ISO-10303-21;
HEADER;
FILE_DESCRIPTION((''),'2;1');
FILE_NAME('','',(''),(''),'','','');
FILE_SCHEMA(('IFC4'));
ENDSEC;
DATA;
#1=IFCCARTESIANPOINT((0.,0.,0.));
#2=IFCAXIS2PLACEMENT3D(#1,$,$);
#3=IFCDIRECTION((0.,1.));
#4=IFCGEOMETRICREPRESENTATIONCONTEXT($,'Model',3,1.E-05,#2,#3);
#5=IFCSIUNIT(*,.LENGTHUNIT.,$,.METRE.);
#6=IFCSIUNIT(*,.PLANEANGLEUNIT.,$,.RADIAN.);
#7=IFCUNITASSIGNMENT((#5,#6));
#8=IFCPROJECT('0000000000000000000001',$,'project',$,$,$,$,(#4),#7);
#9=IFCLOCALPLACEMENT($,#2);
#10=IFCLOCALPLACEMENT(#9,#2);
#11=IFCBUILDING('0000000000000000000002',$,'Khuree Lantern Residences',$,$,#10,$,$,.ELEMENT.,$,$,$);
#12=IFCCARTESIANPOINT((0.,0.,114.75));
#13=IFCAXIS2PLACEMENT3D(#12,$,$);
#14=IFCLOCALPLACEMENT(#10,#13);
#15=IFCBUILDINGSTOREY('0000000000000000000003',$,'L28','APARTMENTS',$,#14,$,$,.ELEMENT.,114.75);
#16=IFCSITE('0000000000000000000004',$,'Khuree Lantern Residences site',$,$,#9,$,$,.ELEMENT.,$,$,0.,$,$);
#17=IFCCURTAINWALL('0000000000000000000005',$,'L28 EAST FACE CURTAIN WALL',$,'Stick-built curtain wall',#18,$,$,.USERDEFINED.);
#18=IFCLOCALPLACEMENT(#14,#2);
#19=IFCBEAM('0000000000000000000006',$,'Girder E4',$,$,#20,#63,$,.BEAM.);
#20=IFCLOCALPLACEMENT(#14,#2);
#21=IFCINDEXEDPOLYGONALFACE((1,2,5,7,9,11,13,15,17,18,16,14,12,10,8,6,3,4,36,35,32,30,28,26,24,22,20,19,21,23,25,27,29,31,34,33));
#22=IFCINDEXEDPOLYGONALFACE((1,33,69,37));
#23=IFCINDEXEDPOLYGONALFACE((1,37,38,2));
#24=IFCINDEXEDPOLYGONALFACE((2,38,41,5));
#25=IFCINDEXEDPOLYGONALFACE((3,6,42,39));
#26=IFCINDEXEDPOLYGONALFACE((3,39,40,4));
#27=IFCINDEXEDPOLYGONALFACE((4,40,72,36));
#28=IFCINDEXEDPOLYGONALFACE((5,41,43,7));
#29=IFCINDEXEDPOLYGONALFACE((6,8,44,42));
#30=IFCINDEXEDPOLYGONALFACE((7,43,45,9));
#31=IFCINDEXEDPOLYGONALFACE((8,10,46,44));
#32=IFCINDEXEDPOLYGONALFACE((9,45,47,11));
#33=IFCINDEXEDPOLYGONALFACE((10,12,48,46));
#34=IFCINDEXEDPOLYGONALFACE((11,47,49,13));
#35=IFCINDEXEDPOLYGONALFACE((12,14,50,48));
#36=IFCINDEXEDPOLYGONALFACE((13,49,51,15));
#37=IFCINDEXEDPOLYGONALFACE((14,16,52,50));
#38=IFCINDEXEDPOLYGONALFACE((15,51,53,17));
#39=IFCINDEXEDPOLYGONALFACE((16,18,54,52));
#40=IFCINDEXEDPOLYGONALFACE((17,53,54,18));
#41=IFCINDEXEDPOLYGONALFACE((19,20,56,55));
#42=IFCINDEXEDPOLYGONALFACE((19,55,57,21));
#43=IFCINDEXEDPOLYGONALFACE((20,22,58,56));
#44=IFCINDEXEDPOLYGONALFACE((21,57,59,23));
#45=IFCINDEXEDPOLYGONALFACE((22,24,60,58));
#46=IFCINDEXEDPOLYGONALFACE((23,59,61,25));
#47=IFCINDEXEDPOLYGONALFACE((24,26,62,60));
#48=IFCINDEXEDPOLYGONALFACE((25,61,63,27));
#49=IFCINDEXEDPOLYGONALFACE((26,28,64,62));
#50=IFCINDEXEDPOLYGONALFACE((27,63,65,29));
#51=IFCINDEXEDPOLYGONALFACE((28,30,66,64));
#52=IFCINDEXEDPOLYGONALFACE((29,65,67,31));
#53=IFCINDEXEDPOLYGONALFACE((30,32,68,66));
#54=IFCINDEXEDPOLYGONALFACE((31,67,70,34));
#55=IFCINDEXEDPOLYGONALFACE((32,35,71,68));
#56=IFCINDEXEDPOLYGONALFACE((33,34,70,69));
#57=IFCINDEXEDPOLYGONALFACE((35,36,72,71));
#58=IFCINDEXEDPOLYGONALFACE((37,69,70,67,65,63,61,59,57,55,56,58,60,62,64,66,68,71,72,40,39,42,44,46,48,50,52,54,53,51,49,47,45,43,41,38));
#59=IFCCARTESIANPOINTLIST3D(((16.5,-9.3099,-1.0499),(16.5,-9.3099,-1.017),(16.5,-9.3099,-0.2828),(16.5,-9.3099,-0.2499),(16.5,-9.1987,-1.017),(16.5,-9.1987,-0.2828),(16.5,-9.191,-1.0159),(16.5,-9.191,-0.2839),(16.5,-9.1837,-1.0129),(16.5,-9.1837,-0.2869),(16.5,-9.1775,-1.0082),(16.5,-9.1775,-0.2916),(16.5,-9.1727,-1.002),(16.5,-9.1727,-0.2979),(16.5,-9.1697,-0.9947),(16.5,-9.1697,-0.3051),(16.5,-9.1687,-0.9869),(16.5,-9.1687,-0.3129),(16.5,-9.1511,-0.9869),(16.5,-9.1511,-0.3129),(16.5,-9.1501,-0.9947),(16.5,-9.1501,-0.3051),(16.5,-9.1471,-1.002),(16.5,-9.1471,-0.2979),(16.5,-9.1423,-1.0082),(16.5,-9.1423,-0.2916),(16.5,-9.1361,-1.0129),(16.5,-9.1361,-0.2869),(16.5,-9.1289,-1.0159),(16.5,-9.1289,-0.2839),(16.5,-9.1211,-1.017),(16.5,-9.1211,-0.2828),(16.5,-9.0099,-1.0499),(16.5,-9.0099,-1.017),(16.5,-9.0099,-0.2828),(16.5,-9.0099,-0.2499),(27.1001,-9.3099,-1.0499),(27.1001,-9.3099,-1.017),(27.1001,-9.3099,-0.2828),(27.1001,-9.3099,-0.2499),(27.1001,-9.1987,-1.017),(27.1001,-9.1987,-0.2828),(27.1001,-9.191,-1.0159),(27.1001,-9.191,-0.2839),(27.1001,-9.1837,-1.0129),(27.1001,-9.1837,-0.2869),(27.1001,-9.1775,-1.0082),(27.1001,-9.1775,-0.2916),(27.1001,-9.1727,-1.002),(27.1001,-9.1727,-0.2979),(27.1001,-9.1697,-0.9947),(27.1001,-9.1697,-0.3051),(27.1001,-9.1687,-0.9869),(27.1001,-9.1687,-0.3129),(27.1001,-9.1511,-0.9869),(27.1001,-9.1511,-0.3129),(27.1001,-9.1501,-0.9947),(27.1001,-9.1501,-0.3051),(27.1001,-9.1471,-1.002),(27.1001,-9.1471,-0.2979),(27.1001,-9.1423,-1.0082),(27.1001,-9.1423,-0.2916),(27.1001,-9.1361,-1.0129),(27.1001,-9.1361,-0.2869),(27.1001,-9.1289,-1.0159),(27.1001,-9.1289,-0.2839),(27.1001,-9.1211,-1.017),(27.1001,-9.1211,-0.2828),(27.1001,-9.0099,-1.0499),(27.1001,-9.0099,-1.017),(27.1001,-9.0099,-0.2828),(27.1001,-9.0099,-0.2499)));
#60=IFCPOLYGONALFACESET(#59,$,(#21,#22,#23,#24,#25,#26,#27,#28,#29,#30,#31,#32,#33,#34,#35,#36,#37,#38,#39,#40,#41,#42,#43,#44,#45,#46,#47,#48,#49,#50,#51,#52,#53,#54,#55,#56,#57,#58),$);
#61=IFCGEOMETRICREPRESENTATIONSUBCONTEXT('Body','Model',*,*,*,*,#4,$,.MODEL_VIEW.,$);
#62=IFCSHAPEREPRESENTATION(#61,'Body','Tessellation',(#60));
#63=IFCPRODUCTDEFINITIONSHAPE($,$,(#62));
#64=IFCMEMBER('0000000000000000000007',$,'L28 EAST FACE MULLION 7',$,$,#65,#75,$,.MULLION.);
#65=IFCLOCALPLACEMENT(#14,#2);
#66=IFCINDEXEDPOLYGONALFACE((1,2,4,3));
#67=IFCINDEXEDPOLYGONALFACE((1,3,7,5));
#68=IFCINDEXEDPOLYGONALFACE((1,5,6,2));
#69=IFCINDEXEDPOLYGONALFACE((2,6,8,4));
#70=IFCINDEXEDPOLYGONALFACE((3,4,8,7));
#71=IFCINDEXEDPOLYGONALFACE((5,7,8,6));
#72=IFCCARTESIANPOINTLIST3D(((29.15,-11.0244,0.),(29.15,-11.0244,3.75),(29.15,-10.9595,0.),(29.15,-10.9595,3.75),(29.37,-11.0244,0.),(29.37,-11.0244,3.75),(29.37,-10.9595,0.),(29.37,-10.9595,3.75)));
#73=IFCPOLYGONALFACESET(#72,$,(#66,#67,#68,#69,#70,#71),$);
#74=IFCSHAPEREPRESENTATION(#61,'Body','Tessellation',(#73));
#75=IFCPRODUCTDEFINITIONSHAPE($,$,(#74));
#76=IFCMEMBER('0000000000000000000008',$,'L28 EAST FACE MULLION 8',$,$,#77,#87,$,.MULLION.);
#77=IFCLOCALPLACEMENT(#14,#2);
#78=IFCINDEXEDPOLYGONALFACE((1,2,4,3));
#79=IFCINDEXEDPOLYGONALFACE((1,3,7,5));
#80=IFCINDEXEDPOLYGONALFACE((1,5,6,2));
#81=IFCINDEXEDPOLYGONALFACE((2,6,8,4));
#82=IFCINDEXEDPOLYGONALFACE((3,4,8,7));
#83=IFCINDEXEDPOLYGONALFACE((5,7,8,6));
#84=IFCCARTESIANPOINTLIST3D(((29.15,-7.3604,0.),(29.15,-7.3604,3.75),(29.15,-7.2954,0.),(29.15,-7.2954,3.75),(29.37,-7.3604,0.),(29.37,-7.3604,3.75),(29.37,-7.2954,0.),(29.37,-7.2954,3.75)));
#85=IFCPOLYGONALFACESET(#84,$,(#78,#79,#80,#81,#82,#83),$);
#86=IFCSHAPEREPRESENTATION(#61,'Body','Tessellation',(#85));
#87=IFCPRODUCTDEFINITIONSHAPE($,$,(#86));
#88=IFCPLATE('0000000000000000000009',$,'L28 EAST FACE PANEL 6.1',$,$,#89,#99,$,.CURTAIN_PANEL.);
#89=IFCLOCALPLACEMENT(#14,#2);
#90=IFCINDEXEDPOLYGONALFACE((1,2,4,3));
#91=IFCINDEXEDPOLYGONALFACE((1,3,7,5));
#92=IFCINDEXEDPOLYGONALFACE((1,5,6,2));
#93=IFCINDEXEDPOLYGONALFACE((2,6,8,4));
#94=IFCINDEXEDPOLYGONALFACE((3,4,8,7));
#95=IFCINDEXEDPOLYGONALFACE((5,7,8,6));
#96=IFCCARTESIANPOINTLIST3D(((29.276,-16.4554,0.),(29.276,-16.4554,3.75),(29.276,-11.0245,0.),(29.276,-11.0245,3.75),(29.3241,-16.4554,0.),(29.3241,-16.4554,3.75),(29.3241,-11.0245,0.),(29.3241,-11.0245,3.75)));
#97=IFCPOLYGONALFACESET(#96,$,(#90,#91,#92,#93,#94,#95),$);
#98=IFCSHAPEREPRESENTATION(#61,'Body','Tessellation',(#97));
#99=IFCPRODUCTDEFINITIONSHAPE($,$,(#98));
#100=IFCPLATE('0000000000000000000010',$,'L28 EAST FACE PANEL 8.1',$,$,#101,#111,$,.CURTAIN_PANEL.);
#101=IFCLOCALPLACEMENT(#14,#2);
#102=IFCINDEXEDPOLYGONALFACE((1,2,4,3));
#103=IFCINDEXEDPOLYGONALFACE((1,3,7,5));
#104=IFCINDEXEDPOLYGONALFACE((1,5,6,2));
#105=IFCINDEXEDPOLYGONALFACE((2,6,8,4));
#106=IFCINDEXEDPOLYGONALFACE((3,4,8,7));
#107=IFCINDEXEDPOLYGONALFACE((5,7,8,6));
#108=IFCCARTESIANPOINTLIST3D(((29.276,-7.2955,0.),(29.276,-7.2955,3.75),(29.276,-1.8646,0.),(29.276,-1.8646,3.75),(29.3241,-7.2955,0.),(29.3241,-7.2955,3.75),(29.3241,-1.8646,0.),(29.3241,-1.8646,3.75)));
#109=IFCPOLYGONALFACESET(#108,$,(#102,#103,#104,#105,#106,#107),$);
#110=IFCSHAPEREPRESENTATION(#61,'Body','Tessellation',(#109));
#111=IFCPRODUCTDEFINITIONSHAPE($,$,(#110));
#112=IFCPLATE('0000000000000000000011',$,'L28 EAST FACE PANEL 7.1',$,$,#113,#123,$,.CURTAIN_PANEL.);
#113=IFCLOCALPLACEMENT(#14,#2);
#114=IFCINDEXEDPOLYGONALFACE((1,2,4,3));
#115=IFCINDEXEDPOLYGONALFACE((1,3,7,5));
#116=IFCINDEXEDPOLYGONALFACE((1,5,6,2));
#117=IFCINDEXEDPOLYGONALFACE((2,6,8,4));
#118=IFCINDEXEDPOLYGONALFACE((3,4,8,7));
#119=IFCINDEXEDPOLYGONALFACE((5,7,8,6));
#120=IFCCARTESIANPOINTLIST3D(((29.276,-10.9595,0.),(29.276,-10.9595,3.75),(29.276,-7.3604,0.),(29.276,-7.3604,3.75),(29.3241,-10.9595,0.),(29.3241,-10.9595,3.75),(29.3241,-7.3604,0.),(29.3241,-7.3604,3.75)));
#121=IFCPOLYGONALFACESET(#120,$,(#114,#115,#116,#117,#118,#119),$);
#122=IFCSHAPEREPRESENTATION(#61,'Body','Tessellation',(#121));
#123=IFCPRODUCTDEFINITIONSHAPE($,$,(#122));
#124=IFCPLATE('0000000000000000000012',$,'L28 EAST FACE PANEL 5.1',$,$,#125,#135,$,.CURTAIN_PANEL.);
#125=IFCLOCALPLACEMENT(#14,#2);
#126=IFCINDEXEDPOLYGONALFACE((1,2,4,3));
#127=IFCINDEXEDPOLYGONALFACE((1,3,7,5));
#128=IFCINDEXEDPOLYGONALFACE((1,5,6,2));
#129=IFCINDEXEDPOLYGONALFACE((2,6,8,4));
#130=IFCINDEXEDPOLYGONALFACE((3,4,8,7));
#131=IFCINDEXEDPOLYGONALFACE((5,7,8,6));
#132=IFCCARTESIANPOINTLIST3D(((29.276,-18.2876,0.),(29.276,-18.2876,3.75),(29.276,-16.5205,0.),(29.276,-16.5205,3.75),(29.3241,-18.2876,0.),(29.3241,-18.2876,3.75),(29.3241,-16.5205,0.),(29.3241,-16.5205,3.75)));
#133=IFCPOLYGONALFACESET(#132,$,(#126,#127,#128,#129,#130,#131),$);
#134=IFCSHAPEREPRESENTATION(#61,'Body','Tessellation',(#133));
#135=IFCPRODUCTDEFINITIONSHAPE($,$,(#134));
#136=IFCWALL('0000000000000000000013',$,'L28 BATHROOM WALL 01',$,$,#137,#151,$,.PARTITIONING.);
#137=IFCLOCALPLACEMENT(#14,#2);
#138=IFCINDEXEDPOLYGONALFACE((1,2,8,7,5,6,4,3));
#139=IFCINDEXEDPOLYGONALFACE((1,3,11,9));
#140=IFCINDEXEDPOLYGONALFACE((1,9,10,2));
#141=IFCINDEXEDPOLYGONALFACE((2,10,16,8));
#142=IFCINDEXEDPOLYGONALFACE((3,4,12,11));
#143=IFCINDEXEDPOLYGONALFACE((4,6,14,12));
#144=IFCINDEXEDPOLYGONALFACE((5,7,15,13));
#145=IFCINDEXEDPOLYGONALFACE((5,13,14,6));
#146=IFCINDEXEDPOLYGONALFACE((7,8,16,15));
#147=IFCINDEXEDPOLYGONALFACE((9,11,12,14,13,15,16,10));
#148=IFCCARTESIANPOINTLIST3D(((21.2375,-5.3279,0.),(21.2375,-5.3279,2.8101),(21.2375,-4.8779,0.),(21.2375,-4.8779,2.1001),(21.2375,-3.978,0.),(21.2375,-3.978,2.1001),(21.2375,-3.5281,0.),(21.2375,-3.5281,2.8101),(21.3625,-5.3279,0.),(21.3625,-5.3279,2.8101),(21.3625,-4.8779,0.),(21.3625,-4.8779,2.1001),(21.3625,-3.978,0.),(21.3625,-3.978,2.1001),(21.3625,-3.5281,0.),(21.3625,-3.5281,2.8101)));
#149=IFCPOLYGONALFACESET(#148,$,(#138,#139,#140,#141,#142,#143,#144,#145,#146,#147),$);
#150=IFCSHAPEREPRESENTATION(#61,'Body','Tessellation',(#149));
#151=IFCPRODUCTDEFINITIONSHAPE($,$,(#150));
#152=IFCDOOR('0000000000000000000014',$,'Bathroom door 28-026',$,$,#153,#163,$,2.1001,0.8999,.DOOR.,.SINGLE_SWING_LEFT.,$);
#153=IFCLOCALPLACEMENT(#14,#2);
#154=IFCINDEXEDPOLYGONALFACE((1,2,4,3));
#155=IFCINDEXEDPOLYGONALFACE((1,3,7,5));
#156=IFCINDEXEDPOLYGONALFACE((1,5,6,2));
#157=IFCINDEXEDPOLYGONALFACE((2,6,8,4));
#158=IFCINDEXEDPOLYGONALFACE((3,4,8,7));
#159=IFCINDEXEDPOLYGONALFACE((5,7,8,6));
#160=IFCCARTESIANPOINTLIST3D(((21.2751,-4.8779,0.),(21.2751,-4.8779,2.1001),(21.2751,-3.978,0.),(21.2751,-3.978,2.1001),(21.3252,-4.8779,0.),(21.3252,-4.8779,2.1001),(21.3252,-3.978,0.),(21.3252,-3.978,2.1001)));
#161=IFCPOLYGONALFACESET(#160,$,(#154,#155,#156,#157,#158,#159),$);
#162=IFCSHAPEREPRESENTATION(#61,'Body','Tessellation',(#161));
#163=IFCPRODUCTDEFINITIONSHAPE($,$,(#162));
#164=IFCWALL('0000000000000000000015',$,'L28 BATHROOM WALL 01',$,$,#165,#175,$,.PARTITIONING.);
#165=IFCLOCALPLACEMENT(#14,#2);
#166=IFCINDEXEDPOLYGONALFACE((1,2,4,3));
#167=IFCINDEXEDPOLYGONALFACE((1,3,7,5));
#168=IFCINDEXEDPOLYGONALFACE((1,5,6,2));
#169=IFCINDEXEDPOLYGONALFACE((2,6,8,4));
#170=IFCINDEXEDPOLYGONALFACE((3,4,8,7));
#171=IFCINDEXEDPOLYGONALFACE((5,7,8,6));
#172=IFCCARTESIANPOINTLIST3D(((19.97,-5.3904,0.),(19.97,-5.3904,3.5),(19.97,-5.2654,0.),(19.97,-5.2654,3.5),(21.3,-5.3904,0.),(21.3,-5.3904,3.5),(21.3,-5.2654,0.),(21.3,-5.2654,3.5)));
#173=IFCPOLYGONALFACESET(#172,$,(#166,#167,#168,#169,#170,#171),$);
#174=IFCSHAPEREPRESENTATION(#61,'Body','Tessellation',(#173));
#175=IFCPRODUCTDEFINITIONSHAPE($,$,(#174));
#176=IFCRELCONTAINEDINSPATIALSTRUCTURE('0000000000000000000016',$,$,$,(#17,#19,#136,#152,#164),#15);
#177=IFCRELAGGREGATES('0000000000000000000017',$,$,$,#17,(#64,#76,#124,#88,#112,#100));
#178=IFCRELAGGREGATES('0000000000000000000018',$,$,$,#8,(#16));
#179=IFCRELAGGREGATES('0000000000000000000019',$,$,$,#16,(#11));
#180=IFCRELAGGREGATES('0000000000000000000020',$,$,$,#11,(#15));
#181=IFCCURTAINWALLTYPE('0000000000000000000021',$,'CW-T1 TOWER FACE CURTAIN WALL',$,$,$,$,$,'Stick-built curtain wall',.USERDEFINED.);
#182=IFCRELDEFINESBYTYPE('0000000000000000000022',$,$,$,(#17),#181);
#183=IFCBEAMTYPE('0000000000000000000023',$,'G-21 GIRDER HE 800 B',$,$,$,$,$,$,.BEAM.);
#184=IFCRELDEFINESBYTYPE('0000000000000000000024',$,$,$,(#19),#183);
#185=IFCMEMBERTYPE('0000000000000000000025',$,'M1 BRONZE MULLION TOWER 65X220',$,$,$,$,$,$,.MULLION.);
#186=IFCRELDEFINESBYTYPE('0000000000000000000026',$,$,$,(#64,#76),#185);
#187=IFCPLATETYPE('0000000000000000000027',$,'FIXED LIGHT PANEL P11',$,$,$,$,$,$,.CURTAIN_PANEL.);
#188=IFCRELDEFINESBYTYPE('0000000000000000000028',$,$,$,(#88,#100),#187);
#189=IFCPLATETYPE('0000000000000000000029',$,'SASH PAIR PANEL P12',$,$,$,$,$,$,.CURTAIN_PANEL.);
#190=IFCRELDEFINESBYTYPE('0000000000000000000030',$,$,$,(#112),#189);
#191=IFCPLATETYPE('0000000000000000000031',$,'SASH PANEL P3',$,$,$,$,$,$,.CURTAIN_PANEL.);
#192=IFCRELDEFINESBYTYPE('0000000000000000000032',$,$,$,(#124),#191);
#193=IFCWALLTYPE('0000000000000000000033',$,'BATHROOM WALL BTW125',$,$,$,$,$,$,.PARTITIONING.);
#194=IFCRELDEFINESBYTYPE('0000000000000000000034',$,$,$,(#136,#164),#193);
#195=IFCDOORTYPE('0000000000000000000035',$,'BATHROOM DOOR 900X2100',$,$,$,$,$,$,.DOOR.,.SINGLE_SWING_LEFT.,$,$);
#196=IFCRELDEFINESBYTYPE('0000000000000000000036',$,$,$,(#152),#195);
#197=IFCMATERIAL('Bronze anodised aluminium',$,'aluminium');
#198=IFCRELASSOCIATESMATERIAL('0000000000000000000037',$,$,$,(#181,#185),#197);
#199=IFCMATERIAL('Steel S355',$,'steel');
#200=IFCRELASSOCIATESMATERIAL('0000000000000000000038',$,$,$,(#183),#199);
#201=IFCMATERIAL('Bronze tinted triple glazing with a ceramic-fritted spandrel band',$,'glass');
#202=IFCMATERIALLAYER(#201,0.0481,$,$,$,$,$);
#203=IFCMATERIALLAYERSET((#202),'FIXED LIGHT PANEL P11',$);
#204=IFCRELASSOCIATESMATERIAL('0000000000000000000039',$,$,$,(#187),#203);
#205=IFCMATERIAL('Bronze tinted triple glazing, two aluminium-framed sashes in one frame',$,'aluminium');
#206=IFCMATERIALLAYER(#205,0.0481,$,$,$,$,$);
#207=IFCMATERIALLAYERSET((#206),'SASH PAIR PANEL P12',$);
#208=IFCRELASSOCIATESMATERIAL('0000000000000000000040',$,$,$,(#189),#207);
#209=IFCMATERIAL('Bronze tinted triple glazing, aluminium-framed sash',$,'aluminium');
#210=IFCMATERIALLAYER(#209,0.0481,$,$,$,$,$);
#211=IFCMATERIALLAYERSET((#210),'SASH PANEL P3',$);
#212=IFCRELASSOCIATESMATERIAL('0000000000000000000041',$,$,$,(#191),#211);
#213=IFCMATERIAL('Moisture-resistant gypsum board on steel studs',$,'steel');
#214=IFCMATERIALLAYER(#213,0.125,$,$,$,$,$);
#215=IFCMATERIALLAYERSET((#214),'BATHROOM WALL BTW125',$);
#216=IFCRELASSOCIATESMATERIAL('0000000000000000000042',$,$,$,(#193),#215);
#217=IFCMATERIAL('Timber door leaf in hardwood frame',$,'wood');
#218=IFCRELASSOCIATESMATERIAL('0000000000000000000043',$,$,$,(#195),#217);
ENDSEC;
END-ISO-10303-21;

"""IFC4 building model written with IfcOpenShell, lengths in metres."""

from ifc_helpers import new_model, si_unit, direction, frame, frame_2d, origin, origin_2d, place, context, subcontext, project, spatial, rectangle, i_section, extrude, material, layer, layer_set, material_profile, profile_set, type_object, element, fill, aggregate, save


model = new_model("IFC4")

# Units and contexts
model_context = context("Model", 3, precision=1e-05, world=origin(), true_north=direction((0.0, 1.0)))
body_context = subcontext(model_context, "Body", "Model", "MODEL_VIEW")
ifc_project = project(units=[si_unit("LENGTHUNIT", "METRE"), si_unit("PLANEANGLEUNIT", "RADIAN")], contexts=[model_context])

# Site, building, storey
site_placement = place(None, origin())
site = spatial("IfcSite", under=ifc_project, at=site_placement, Name="Khuree Lantern Residences site", CompositionType="ELEMENT", RefElevation=0.0)
building_placement = place(site_placement, origin())
building = spatial("IfcBuilding", under=site, at=building_placement, Name="Khuree Lantern Residences", CompositionType="ELEMENT")
storey_placement = place(building_placement, frame((0.0, 0.0, 114.75)))
storey = spatial("IfcBuildingStorey", under=building, at=storey_placement, Name="L28", Description="APARTMENTS", CompositionType="ELEMENT", Elevation=114.75)

# Shared definitions
ifc_material_1 = material(Name="Steel S355", Category="steel")

# Curtain wall
ifc_material_2 = material(Name="Bronze anodised aluminium", Category="aluminium")
curtain_wall_type = type_object("IfcCurtainWallType", Name="CW-T1 TOWER FACE CURTAIN WALL", ElementType="Stick-built curtain wall", PredefinedType="USERDEFINED", material=ifc_material_2)
curtain_wall_placement = place(storey_placement, origin())
curtain_wall = element("IfcCurtainWall", 1, at=curtain_wall_placement, inside=storey, type_object=curtain_wall_type, Name="L28 EAST FACE CURTAIN WALL", ObjectType="Stick-built curtain wall", PredefinedType="USERDEFINED")

# Beam
ifc_material_profile_1 = material_profile(ifc_material_1, i_section(OverallWidth=0.3, OverallDepth=0.8, WebThickness=0.0176, FlangeThickness=0.033, FilletRadius=0.03, at=origin_2d()), Name="HE 800 B")
ifc_profile_set_1 = profile_set([ifc_material_profile_1], Name="Steel S355")
beam_type_1 = type_object("IfcBeamType", Name="G-21 GIRDER HE 800 B", PredefinedType="BEAM", material=ifc_profile_set_1)
beam_1_placement = place(storey_placement, frame((27.1001, -9.1599, -0.6499), z_axis=(-1.0, 0.0, 0.0), x_axis=(0.0, -1.0, 0.0)))
element("IfcBeam", 2, at=beam_1_placement, inside=storey, type_object=beam_type_1, Name="Girder E4", PredefinedType="BEAM", context=body_context, shape_type="SweptSolid", body=[
    extrude(i_section(OverallWidth=0.3, OverallDepth=0.8, WebThickness=0.0176, FlangeThickness=0.033, FilletRadius=0.03, at=origin_2d()), origin(), (0.0, 0.0, 1.0), 10.6001),
])

# Members
ifc_material_profile_2 = material_profile(ifc_material_2, rectangle(XDim=0.0649, YDim=0.22, at=origin_2d()), Name="M1 65X220")
ifc_profile_set_2 = profile_set([ifc_material_profile_2], Name="Bronze anodised aluminium")
member_type_1 = type_object("IfcMemberType", Name="M1 BRONZE MULLION TOWER 65X220", PredefinedType="MULLION", material=ifc_profile_set_2)
member_1_placement = place(storey_placement, frame((29.26, -10.9919, 0.0), z_axis=(0.0, 0.0, 1.0), x_axis=(0.0, 1.0, 0.0)))
member_1 = element("IfcMember", 3, at=member_1_placement, type_object=member_type_1, Name="L28 EAST FACE MULLION 7", PredefinedType="MULLION", context=body_context, shape_type="SweptSolid", body=[
    extrude(rectangle(XDim=0.0649, YDim=0.22, at=origin_2d()), origin(), (0.0, 0.0, 1.0), 3.75),
])
member_2_placement = place(storey_placement, frame((29.26, -7.3279, 0.0), z_axis=(0.0, 0.0, 1.0), x_axis=(0.0, 1.0, 0.0)))
member_2 = element("IfcMember", 4, at=member_2_placement, type_object=member_type_1, Name="L28 EAST FACE MULLION 8", PredefinedType="MULLION", context=body_context, shape_type="SweptSolid", body=[
    extrude(rectangle(XDim=0.0649, YDim=0.22, at=origin_2d()), origin(), (0.0, 0.0, 1.0), 3.75),
])

# Plates
ifc_material_3 = material(Name="Bronze tinted triple glazing with a ceramic-fritted spandrel band", Category="glass")
ifc_layer_1 = layer(ifc_material_3, 0.0481)
ifc_layer_set_1 = layer_set([ifc_layer_1], Name="FIXED LIGHT PANEL P11")
plate_type_1 = type_object("IfcPlateType", Name="FIXED LIGHT PANEL P11", PredefinedType="CURTAIN_PANEL", material=ifc_layer_set_1)
plate_1_placement = place(storey_placement, frame((29.3, -13.74, 0.0), z_axis=(0.0, 0.0, 1.0), x_axis=(0.0, 1.0, 0.0)))
plate_1 = element("IfcPlate", 5, at=plate_1_placement, type_object=plate_type_1, Name="L28 EAST FACE PANEL 6.1", PredefinedType="CURTAIN_PANEL", context=body_context, shape_type="SweptSolid", body=[
    extrude(rectangle(XDim=5.4309, YDim=0.0481, at=origin_2d()), origin(), (0.0, 0.0, 1.0), 3.75),
])
plate_2_placement = place(storey_placement, frame((29.3, -4.5801, 0.0), z_axis=(0.0, 0.0, 1.0), x_axis=(0.0, 1.0, 0.0)))
plate_2 = element("IfcPlate", 6, at=plate_2_placement, type_object=plate_type_1, Name="L28 EAST FACE PANEL 8.1", PredefinedType="CURTAIN_PANEL", context=body_context, shape_type="SweptSolid", body=[
    extrude(rectangle(XDim=5.4309, YDim=0.0481, at=origin_2d()), origin(), (0.0, 0.0, 1.0), 3.75),
])
ifc_material_4 = material(Name="Bronze tinted triple glazing, two aluminium-framed sashes in one frame", Category="aluminium")
ifc_layer_2 = layer(ifc_material_4, 0.0481)
ifc_layer_set_2 = layer_set([ifc_layer_2], Name="SASH PAIR PANEL P12")
plate_type_2 = type_object("IfcPlateType", Name="SASH PAIR PANEL P12", PredefinedType="CURTAIN_PANEL", material=ifc_layer_set_2)
plate_3_placement = place(storey_placement, frame((29.3, -9.1599, 0.0), z_axis=(0.0, 0.0, 1.0), x_axis=(0.0, 1.0, 0.0)))
plate_3 = element("IfcPlate", 7, at=plate_3_placement, type_object=plate_type_2, Name="L28 EAST FACE PANEL 7.1", PredefinedType="CURTAIN_PANEL", context=body_context, shape_type="SweptSolid", body=[
    extrude(rectangle(XDim=3.5991, YDim=0.0481, at=origin_2d()), origin(), (0.0, 0.0, 1.0), 3.75),
])
ifc_material_5 = material(Name="Bronze tinted triple glazing, aluminium-framed sash", Category="aluminium")
ifc_layer_3 = layer(ifc_material_5, 0.0481)
ifc_layer_set_3 = layer_set([ifc_layer_3], Name="SASH PANEL P3")
plate_type_3 = type_object("IfcPlateType", Name="SASH PANEL P3", PredefinedType="CURTAIN_PANEL", material=ifc_layer_set_3)
plate_4_placement = place(storey_placement, frame((29.3, -17.4041, 0.0), z_axis=(0.0, 0.0, 1.0), x_axis=(0.0, 1.0, 0.0)))
plate_4 = element("IfcPlate", 8, at=plate_4_placement, type_object=plate_type_3, Name="L28 EAST FACE PANEL 5.1", PredefinedType="CURTAIN_PANEL", context=body_context, shape_type="SweptSolid", body=[
    extrude(rectangle(XDim=1.7671, YDim=0.0481, at=origin_2d()), origin(), (0.0, 0.0, 1.0), 3.75),
])
aggregate(curtain_wall, [member_1, member_2, plate_4, plate_1, plate_3, plate_2])

# Wall, opening, door
ifc_material_6 = material(Name="Moisture-resistant gypsum board on steel studs", Category="steel")
ifc_layer_4 = layer(ifc_material_6, 0.125)
ifc_layer_set_4 = layer_set([ifc_layer_4], Name="BATHROOM WALL BTW125")
wall_type_1 = type_object("IfcWallType", Name="BATHROOM WALL BTW125", PredefinedType="PARTITIONING", material=ifc_layer_set_4)
wall_1_placement = place(storey_placement, frame((21.3, -5.3279, 0.0), z_axis=(0.0, 0.0, 1.0), x_axis=(0.0, 1.0, 0.0)))
wall_1 = element("IfcWall", 9, at=wall_1_placement, inside=storey, type_object=wall_type_1, Name="L28 BATHROOM WALL 01", PredefinedType="PARTITIONING", context=body_context, shape_type="SweptSolid", body=[
    extrude(rectangle(XDim=1.7998, YDim=0.125, at=frame_2d((0.8999, 0.0))), origin(), (0.0, 0.0, 1.0), 2.8101),
])
opening_1_placement = place(wall_1_placement, frame((0.45, 0.0, 0.0)))
opening_1 = element("IfcOpeningElement", 10, at=opening_1_placement, cuts=wall_1, PredefinedType="OPENING", context=body_context, shape_type="SweptSolid", body=[
    extrude(rectangle(XDim=0.8999, YDim=2.1001, at=frame_2d((0.45, 1.05))), frame((0.0, 0.0725, 0.0), z_axis=(0.0, -1.0, 0.0), x_axis=(1.0, 0.0, 0.0)), (0.0, 0.0, 1.0), 0.145),
])
ifc_material_7 = material(Name="Timber door leaf in hardwood frame", Category="wood")
door_type_1 = type_object("IfcDoorType", Name="BATHROOM DOOR 900X2100", OperationType="SINGLE_SWING_LEFT", PredefinedType="DOOR", material=ifc_material_7)
door_1_placement = place(opening_1_placement, origin())
door_1 = element("IfcDoor", 11, at=door_1_placement, inside=storey, type_object=door_type_1, Name="Bathroom door 28-026", OperationType="SINGLE_SWING_LEFT", OverallHeight=2.1001, OverallWidth=0.8999, PredefinedType="DOOR", context=body_context, shape_type="SweptSolid", body=[
    extrude(rectangle(XDim=0.8999, YDim=2.1001, at=frame_2d((0.45, 1.05))), frame((0.0, 0.0249, 0.0), z_axis=(0.0, -1.0, 0.0), x_axis=(1.0, 0.0, 0.0)), (0.0, 0.0, 1.0), 0.05),
])
fill(opening_1, door_1)

# Wall
wall_2_placement = place(storey_placement, frame((19.97, -5.3279, 0.0), z_axis=(0.0, 0.0, 1.0), x_axis=(1.0, 0.0, 0.0)))
element("IfcWall", 12, at=wall_2_placement, inside=storey, type_object=wall_type_1, Name="L28 BATHROOM WALL 01", PredefinedType="PARTITIONING", context=body_context, shape_type="SweptSolid", body=[
    extrude(rectangle(XDim=1.3301, YDim=0.125, at=frame_2d((0.665, 0.0))), origin(), (0.0, 0.0, 1.0), 3.5),
])

save(model, "model.ifc")
